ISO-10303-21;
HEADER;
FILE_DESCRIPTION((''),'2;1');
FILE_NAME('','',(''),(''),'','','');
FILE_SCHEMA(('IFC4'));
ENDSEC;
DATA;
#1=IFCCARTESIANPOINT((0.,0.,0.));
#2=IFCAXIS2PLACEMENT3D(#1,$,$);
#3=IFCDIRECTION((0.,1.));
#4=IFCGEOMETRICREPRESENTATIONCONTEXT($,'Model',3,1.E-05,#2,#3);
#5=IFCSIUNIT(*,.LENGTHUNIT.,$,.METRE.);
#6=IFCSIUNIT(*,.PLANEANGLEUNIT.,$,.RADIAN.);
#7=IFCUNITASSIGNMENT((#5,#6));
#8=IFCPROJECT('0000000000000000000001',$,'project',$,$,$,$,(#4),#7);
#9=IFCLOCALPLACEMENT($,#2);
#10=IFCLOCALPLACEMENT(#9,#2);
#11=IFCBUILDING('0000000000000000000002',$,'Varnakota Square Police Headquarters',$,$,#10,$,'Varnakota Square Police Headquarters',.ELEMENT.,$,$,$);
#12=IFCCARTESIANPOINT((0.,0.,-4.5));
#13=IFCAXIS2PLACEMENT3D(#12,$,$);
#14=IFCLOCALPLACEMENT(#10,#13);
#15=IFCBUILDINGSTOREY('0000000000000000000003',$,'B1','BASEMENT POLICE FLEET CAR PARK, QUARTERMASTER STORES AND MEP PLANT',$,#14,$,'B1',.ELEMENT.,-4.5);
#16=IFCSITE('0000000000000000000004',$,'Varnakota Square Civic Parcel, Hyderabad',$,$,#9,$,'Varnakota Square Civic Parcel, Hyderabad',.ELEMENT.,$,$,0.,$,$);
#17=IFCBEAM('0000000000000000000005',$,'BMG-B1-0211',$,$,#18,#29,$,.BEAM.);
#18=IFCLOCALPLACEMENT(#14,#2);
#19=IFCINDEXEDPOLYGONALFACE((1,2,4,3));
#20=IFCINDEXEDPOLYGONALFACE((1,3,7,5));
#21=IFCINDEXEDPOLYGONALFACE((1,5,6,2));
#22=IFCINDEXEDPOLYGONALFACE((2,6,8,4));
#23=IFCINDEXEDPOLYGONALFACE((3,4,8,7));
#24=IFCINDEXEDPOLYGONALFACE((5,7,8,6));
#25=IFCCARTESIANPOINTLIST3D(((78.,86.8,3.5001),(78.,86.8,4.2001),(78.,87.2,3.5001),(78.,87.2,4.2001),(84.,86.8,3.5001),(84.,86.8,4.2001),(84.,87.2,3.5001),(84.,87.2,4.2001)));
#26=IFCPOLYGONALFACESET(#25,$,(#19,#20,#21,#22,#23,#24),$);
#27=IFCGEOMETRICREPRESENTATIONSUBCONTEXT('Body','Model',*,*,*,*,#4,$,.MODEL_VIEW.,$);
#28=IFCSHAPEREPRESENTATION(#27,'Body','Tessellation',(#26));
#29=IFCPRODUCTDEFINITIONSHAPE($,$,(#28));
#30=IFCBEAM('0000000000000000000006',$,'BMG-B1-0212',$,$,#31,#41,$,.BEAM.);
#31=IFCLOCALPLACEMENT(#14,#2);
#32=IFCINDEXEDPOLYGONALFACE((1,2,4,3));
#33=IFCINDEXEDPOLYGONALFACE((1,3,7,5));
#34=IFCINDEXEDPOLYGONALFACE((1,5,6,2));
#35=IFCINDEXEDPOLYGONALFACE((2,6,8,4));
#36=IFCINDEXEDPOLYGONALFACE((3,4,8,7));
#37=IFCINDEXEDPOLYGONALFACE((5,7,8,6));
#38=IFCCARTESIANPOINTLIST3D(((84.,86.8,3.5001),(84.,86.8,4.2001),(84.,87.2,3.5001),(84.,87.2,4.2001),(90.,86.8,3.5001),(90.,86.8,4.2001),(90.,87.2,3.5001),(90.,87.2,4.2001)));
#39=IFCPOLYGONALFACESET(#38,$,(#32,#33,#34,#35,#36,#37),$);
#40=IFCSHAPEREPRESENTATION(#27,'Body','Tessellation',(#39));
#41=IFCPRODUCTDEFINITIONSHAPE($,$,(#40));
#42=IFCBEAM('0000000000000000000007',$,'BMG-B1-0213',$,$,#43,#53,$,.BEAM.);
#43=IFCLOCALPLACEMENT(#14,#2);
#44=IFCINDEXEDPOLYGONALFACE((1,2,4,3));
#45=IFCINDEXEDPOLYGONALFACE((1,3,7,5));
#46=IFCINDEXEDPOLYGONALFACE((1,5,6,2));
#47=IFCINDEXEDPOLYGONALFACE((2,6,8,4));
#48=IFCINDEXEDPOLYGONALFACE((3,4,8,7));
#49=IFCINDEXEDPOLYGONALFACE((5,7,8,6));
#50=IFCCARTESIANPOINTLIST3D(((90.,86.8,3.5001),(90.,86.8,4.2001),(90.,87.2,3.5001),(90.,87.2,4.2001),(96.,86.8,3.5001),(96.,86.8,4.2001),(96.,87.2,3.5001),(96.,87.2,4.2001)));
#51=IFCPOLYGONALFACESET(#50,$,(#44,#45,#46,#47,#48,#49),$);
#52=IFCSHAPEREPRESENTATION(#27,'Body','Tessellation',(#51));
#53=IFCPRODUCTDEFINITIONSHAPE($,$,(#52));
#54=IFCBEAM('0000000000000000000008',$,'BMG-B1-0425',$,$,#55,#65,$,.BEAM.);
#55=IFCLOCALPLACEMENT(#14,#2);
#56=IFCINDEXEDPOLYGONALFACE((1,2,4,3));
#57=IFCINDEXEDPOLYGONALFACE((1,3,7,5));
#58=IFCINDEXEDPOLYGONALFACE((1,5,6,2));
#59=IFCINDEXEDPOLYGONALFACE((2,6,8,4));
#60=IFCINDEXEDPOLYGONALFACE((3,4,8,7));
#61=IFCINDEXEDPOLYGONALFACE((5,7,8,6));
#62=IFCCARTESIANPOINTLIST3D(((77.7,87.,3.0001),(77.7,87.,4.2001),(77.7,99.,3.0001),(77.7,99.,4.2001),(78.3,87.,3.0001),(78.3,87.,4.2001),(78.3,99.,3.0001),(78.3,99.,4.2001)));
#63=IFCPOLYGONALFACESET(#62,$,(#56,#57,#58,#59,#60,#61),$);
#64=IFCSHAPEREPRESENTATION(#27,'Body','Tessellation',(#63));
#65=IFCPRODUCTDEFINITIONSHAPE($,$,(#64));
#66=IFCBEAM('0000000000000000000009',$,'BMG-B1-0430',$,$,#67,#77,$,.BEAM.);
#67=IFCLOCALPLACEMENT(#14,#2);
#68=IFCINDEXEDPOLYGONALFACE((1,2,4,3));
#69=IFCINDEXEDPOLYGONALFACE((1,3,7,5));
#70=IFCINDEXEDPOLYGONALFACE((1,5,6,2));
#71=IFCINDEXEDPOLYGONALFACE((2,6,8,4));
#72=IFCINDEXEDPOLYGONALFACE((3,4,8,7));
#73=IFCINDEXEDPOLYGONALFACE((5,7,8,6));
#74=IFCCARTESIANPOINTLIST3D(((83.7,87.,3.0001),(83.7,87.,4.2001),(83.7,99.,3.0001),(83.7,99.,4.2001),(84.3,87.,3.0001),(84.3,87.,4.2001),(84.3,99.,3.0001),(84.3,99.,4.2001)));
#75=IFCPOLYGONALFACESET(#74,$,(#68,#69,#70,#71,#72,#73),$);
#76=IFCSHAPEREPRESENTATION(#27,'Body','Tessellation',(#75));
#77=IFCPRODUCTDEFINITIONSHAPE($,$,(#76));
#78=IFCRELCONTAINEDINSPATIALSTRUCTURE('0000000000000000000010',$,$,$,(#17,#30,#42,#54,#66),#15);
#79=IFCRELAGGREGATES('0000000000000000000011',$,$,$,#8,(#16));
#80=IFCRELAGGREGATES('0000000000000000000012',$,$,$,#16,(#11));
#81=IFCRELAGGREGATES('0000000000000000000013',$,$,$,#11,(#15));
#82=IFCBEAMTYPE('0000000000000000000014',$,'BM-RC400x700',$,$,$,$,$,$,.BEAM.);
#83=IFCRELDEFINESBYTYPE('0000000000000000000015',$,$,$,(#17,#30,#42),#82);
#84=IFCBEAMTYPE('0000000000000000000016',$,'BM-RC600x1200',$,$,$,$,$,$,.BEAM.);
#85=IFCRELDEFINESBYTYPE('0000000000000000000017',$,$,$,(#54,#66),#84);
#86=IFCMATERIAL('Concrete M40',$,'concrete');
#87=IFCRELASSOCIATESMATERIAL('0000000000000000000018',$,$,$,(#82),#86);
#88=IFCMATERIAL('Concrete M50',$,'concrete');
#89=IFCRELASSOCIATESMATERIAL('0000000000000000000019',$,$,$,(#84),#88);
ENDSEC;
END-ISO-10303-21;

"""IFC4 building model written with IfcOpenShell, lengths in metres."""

from ifc_helpers import new_model, si_unit, direction, frame, origin, origin_2d, place, context, subcontext, project, spatial, rectangle, extrude, material, material_profile, profile_set, type_object, element, save


model = new_model("IFC4")

# Units and contexts
model_context = context("Model", 3, precision=1e-05, world=origin(), true_north=direction((0.0, 1.0)))
body_context = subcontext(model_context, "Body", "Model", "MODEL_VIEW")
ifc_project = project(units=[si_unit("LENGTHUNIT", "METRE"), si_unit("PLANEANGLEUNIT", "RADIAN")], contexts=[model_context])

# Site, building, storey
site_placement = place(None, origin())
site = spatial("IfcSite", under=ifc_project, at=site_placement, Name="Varnakota Square Civic Parcel, Hyderabad", LongName="Varnakota Square Civic Parcel, Hyderabad", CompositionType="ELEMENT", RefElevation=0.0)
building_placement = place(site_placement, origin())
building = spatial("IfcBuilding", under=site, at=building_placement, Name="Varnakota Square Police Headquarters", LongName="Varnakota Square Police Headquarters", CompositionType="ELEMENT")
storey_placement = place(building_placement, frame((0.0, 0.0, -4.5)))
storey = spatial("IfcBuildingStorey", under=building, at=storey_placement, Name="B1", Description="BASEMENT POLICE FLEET CAR PARK, QUARTERMASTER STORES AND MEP PLANT", LongName="B1", CompositionType="ELEMENT", Elevation=-4.5)

# Shared definitions
ifc_material_1 = material(Name="Concrete M40", Category="concrete")

# Beams
ifc_material_profile_1 = material_profile(ifc_material_1, rectangle(XDim=0.3999, YDim=0.7, at=origin_2d()), Name="RC 400x700")
ifc_profile_set_1 = profile_set([ifc_material_profile_1], Name="Concrete M40")
beam_type_1 = type_object("IfcBeamType", Name="BM-RC400x700", PredefinedType="BEAM", material=ifc_profile_set_1)
for number, where, z_axis, x_axis, name in (
    (1, (78.0, 87.0, 3.8501), (1.0, 0.0, 0.0), (0.0, 1.0, 0.0), "BMG-B1-0211"),
    (2, (84.0, 87.0, 3.8501), (1.0, 0.0, 0.0), (0.0, 1.0, 0.0), "BMG-B1-0212"),
    (3, (90.0, 87.0, 3.8501), (1.0, 0.0, 0.0), (0.0, 1.0, 0.0), "BMG-B1-0213"),
):
    element("IfcBeam", number, at=place(storey_placement, frame(where, z_axis=z_axis, x_axis=x_axis)), inside=storey, type_object=beam_type_1, Name=name, PredefinedType="BEAM", context=body_context, shape_type="SweptSolid", body=[
        extrude(rectangle(XDim=0.3999, YDim=0.7, at=origin_2d()), origin(), (0.0, 0.0, 1.0), 6.0),
    ])
ifc_material_2 = material(Name="Concrete M50", Category="concrete")
ifc_material_profile_2 = material_profile(ifc_material_2, rectangle(XDim=0.6001, YDim=1.2, at=origin_2d()), Name="RC 600x1200")
ifc_profile_set_2 = profile_set([ifc_material_profile_2], Name="Concrete M50")
beam_type_2 = type_object("IfcBeamType", Name="BM-RC600x1200", PredefinedType="BEAM", material=ifc_profile_set_2)
for number, where, z_axis, x_axis, name in (
    (4, (78.0, 87.0, 3.6001), (0.0, 1.0, 0.0), (-1.0, 0.0, 0.0), "BMG-B1-0425"),
    (5, (84.0, 87.0, 3.6001), (0.0, 1.0, 0.0), (-1.0, 0.0, 0.0), "BMG-B1-0430"),
):
    element("IfcBeam", number, at=place(storey_placement, frame(where, z_axis=z_axis, x_axis=x_axis)), inside=storey, type_object=beam_type_2, Name=name, PredefinedType="BEAM", context=body_context, shape_type="SweptSolid", body=[
        extrude(rectangle(XDim=0.6001, YDim=1.2, at=origin_2d()), origin(), (0.0, 0.0, 1.0), 12.0),
    ])

save(model, "model.ifc")
